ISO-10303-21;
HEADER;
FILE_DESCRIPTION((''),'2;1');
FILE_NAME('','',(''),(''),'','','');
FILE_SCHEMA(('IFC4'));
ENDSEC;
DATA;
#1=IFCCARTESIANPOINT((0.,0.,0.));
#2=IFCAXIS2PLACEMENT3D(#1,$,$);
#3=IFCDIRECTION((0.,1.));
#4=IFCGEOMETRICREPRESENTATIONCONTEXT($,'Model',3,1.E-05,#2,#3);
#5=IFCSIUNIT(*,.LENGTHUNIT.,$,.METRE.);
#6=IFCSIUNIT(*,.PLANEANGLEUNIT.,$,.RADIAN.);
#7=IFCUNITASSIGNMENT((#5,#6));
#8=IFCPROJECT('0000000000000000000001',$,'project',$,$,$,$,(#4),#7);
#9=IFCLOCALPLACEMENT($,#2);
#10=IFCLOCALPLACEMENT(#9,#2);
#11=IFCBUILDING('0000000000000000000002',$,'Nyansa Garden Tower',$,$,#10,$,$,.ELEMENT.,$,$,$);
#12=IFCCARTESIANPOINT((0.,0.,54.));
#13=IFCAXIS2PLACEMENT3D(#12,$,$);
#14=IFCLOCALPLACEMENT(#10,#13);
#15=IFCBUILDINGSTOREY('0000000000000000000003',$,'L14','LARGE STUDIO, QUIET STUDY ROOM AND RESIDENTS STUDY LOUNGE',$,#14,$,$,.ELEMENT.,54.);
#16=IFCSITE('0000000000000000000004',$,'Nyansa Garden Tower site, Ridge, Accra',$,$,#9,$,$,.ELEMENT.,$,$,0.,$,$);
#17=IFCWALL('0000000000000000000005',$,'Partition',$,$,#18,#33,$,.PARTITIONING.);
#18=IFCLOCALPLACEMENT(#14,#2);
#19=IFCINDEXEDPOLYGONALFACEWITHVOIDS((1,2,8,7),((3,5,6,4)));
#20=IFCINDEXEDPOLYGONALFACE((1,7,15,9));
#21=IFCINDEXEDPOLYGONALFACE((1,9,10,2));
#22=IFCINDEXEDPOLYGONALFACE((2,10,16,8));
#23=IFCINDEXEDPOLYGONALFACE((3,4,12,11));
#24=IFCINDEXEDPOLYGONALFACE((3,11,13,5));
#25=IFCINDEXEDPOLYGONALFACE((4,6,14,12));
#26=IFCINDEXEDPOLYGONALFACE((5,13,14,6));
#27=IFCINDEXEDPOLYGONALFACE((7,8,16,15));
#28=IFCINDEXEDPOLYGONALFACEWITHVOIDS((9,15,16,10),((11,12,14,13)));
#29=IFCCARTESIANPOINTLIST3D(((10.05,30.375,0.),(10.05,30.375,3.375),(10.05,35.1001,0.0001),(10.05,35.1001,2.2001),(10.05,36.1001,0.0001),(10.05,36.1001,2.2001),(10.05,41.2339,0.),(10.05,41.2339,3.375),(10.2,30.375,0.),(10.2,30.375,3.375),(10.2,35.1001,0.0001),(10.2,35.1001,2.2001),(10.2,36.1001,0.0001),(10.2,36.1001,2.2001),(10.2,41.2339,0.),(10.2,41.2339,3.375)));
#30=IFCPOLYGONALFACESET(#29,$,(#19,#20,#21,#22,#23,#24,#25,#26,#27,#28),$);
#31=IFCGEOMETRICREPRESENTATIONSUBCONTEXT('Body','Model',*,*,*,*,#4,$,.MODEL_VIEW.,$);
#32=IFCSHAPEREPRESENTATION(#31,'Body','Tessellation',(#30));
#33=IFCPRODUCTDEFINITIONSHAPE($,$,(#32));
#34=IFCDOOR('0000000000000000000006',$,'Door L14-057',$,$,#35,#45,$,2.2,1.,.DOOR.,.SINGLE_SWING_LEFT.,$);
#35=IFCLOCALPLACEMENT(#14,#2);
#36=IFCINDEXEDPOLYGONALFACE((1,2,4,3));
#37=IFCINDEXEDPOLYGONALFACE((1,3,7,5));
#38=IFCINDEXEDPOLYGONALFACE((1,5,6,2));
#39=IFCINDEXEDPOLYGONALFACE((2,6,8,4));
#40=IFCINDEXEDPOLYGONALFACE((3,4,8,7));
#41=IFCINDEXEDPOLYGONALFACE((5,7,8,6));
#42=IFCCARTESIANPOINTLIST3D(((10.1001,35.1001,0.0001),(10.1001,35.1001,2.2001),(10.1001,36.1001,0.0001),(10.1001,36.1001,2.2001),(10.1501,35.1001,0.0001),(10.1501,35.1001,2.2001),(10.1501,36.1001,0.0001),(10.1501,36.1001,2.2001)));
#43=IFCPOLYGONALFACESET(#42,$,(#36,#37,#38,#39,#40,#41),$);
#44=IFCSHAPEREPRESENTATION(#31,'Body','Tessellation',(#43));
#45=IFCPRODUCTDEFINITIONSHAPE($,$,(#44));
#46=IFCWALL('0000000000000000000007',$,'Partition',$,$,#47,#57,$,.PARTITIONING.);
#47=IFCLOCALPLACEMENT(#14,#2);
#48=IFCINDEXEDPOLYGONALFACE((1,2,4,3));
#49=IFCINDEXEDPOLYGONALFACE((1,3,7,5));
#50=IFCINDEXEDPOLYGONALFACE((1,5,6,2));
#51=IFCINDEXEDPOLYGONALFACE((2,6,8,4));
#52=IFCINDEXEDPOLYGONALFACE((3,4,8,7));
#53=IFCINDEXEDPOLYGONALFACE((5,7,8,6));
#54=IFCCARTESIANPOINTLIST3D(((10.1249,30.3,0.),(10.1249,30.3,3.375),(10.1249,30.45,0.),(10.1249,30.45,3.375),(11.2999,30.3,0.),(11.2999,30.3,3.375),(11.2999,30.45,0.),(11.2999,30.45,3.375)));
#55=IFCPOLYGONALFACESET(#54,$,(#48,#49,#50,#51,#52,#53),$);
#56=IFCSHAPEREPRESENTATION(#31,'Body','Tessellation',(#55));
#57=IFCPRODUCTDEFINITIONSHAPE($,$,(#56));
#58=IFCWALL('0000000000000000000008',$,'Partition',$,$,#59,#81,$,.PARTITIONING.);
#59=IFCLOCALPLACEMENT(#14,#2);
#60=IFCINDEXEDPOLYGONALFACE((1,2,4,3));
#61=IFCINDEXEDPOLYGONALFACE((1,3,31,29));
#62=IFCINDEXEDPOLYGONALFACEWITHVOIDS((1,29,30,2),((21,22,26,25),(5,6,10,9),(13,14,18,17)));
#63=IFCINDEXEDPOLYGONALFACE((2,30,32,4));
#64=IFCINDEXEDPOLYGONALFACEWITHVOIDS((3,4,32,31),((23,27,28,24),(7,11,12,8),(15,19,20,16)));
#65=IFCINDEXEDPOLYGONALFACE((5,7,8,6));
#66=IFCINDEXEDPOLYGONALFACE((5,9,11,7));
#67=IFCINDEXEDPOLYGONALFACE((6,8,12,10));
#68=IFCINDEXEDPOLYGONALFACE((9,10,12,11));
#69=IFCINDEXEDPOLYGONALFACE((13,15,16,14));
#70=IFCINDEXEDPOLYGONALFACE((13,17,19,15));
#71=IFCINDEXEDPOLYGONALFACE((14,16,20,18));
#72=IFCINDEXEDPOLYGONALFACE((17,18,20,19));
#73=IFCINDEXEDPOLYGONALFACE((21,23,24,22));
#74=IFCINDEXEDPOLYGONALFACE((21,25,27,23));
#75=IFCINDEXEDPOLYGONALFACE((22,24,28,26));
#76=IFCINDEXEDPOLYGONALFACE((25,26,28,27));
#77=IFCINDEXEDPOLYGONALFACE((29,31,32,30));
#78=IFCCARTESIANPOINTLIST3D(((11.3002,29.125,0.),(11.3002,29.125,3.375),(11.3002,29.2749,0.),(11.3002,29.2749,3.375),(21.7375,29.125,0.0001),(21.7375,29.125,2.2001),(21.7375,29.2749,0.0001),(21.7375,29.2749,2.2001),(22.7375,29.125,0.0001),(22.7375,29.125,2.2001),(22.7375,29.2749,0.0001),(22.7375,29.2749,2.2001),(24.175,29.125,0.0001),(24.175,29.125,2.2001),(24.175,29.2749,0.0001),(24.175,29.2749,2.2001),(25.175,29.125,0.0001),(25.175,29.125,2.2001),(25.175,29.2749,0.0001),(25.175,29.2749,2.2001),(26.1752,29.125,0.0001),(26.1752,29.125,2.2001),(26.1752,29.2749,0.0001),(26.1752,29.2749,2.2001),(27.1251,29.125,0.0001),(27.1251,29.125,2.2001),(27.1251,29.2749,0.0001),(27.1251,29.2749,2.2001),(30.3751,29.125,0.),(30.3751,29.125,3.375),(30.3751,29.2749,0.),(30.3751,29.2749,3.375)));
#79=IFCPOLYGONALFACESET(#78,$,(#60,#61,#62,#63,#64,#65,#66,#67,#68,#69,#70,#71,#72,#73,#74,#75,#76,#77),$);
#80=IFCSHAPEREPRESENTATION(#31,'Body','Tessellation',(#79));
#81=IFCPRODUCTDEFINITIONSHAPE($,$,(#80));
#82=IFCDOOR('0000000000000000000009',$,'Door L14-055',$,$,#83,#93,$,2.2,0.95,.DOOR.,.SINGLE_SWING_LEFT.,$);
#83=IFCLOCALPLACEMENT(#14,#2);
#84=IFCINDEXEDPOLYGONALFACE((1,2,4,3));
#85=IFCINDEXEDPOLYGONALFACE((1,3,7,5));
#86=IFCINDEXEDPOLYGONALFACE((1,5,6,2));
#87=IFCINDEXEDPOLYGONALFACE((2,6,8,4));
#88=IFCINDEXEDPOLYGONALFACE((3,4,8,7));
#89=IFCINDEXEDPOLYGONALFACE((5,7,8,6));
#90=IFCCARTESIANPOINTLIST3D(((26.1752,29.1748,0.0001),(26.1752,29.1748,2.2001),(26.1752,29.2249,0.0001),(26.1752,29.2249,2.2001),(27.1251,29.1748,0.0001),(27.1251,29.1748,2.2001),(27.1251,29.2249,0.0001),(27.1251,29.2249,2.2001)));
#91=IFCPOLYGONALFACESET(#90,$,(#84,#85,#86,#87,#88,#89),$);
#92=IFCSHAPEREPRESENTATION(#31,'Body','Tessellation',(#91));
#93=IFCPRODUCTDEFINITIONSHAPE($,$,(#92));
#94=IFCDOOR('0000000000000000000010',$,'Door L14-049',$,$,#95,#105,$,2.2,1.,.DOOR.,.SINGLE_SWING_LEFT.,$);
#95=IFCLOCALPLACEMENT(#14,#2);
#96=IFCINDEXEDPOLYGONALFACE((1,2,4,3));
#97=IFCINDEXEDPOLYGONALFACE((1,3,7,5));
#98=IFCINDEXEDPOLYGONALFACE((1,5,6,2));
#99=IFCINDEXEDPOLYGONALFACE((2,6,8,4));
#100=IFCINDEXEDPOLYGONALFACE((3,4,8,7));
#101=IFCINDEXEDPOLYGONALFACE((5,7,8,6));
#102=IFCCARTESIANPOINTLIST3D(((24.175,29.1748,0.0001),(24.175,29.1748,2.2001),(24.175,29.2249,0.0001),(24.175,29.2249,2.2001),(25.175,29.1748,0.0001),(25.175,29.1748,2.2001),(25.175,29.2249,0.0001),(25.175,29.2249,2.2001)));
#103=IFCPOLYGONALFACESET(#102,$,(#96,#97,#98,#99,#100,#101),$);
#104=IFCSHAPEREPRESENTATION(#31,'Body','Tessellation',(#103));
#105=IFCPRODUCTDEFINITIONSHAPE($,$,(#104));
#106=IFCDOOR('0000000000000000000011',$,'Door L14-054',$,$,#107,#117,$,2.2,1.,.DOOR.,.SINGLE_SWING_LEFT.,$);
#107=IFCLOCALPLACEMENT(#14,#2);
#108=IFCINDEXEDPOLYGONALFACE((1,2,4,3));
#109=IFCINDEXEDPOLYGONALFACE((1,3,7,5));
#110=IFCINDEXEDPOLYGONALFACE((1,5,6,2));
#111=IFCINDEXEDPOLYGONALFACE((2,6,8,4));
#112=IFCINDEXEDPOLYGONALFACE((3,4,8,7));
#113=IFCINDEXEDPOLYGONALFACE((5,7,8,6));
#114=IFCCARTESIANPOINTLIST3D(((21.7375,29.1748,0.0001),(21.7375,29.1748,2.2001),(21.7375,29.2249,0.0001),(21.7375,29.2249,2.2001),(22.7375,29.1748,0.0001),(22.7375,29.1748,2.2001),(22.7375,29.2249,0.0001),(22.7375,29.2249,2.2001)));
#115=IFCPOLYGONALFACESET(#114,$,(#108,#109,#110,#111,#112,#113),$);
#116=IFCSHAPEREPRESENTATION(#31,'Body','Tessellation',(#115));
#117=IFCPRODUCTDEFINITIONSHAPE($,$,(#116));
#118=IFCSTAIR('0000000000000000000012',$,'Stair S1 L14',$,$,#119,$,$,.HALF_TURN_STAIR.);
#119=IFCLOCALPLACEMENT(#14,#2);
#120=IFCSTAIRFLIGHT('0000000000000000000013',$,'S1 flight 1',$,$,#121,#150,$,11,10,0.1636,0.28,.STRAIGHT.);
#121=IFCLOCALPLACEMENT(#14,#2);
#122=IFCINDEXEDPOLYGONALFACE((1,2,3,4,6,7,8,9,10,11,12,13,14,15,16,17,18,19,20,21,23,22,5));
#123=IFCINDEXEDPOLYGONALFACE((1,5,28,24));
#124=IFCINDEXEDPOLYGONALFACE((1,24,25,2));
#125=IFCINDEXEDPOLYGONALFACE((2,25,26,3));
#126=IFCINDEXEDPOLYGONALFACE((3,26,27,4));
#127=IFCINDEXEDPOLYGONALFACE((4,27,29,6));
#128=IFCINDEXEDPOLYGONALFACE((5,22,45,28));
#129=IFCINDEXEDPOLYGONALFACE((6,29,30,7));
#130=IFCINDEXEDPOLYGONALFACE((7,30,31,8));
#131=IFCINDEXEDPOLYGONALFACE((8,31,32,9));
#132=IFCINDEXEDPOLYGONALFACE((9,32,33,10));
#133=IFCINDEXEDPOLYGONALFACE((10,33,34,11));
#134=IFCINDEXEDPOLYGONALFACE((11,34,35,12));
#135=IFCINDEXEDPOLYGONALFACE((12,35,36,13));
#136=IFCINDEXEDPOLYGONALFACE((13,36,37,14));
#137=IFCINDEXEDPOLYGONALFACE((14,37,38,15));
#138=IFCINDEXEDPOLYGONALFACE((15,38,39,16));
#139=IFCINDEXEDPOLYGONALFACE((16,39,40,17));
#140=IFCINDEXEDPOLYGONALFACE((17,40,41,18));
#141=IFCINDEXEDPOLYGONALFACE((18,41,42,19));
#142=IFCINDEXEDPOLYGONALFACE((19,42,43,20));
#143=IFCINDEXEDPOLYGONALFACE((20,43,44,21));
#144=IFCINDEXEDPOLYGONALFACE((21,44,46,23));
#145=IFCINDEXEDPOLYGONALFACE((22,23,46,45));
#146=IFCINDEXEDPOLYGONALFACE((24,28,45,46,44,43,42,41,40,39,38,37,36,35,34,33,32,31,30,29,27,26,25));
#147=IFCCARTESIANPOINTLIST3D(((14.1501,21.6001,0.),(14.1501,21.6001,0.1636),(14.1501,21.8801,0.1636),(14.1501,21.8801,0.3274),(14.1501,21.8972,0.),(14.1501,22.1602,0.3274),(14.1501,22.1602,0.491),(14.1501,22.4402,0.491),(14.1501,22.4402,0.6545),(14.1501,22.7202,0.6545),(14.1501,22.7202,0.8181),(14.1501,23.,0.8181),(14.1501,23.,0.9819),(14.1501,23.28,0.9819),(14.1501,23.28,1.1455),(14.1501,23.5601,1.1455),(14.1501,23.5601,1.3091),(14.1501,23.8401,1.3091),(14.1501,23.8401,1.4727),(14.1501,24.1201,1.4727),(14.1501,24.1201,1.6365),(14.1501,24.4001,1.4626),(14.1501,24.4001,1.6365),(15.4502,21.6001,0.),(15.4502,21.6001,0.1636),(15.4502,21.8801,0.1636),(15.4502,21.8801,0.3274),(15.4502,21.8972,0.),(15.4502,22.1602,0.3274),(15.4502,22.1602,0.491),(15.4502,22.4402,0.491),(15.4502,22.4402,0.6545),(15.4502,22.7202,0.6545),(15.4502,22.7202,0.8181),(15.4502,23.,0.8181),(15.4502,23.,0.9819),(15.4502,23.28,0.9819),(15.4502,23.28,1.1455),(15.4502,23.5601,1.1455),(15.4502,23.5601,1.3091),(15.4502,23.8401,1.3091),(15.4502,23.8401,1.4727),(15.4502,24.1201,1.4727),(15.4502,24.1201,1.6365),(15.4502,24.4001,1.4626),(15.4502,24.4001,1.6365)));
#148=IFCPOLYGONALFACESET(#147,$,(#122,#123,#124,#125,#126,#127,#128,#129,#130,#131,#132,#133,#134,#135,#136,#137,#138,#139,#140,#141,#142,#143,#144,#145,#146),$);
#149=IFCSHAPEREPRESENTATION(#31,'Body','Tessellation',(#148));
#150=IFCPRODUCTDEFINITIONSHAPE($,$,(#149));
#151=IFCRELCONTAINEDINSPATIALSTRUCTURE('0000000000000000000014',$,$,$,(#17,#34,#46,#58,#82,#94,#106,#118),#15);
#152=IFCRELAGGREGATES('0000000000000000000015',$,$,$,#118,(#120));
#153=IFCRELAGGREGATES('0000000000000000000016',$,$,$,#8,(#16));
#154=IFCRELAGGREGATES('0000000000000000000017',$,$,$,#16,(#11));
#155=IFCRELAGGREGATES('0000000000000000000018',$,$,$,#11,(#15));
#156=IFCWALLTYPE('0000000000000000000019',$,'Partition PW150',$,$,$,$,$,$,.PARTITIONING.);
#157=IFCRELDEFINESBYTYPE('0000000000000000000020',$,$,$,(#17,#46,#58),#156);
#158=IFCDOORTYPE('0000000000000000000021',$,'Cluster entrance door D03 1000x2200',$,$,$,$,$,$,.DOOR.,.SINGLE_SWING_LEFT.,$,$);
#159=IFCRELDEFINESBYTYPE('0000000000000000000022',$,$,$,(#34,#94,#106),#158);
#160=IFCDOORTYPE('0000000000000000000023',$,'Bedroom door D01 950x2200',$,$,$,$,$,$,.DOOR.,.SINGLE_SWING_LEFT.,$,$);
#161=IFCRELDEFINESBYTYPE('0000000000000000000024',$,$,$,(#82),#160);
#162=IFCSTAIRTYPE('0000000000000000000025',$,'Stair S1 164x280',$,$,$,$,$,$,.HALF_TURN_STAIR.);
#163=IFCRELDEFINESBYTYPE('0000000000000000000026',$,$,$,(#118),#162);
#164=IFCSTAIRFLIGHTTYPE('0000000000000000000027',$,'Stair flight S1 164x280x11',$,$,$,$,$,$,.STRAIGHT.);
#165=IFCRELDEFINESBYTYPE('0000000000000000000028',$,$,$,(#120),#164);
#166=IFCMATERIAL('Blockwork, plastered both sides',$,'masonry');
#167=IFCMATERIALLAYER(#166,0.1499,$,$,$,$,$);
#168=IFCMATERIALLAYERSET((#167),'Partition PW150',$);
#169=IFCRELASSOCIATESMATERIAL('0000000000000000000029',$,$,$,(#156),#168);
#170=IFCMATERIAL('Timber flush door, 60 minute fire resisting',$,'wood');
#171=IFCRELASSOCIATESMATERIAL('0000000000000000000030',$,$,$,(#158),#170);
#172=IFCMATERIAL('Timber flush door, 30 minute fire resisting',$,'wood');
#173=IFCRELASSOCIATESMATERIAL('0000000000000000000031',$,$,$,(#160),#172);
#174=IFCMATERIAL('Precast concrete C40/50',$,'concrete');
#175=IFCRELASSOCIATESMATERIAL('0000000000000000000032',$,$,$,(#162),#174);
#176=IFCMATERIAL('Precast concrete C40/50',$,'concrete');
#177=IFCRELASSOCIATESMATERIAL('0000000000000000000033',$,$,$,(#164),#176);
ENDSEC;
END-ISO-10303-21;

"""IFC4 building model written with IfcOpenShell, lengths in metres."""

from ifc_helpers import new_model, si_unit, direction, frame, frame_2d, origin, place, context, subcontext, project, spatial, polyline, rectangle, outline, extrude, material, layer, layer_set, type_object, element, fill, aggregate, save


model = new_model("IFC4")

# Units and contexts
model_context = context("Model", 3, precision=1e-05, world=origin(), true_north=direction((0.0, 1.0)))
body_context = subcontext(model_context, "Body", "Model", "MODEL_VIEW")
ifc_project = project(units=[si_unit("LENGTHUNIT", "METRE"), si_unit("PLANEANGLEUNIT", "RADIAN")], contexts=[model_context])

# Site, building, storey
site_placement = place(None, origin())
site = spatial("IfcSite", under=ifc_project, at=site_placement, Name="Nyansa Garden Tower site, Ridge, Accra", CompositionType="ELEMENT", RefElevation=0.0)
building_placement = place(site_placement, origin())
building = spatial("IfcBuilding", under=site, at=building_placement, Name="Nyansa Garden Tower", CompositionType="ELEMENT")
storey_placement = place(building_placement, frame((0.0, 0.0, 54.0)))
storey = spatial("IfcBuildingStorey", under=building, at=storey_placement, Name="L14", Description="LARGE STUDIO, QUIET STUDY ROOM AND RESIDENTS STUDY LOUNGE", CompositionType="ELEMENT", Elevation=54.0)

# Wall, opening, door
ifc_material_1 = material(Name="Blockwork, plastered both sides", Category="masonry")
ifc_layer_1 = layer(ifc_material_1, 0.1499)
ifc_layer_set_1 = layer_set([ifc_layer_1], Name="Partition PW150")
wall_type_1 = type_object("IfcWallType", Name="Partition PW150", PredefinedType="PARTITIONING", material=ifc_layer_set_1)
wall_1_placement = place(storey_placement, frame((10.125, 30.375, 0.0), z_axis=(0.0, 0.0, 1.0), x_axis=(0.0, 1.0, 0.0)))
wall_1 = element("IfcWall", 1, at=wall_1_placement, inside=storey, type_object=wall_type_1, Name="Partition", PredefinedType="PARTITIONING", context=body_context, shape_type="SweptSolid", body=[
    extrude(rectangle(XDim=10.8589, YDim=0.1499, at=frame_2d((5.4294, 0.0))), origin(), (0.0, 0.0, 1.0), 3.375),
])
opening_1_placement = place(wall_1_placement, frame((4.7251, 0.0, 0.0)))
opening_1 = element("IfcOpeningElement", 2, at=opening_1_placement, cuts=wall_1, PredefinedType="OPENING", context=body_context, shape_type="SweptSolid", body=[
    extrude(rectangle(XDim=1.0, YDim=2.2, at=frame_2d((0.5, 1.1001))), frame((0.0, 0.085, 0.0), z_axis=(0.0, -1.0, 0.0), x_axis=(1.0, 0.0, 0.0)), (0.0, 0.0, 1.0), 0.1699),
])
ifc_material_2 = material(Name="Timber flush door, 60 minute fire resisting", Category="wood")
door_type_1 = type_object("IfcDoorType", Name="Cluster entrance door D03 1000x2200", OperationType="SINGLE_SWING_LEFT", PredefinedType="DOOR", material=ifc_material_2)
door_1_placement = place(opening_1_placement, origin())
door_1 = element("IfcDoor", 3, at=door_1_placement, inside=storey, type_object=door_type_1, Name="Door L14-057", OperationType="SINGLE_SWING_LEFT", OverallHeight=2.2, OverallWidth=1.0, PredefinedType="DOOR", context=body_context, shape_type="SweptSolid", body=[
    extrude(rectangle(XDim=1.0, YDim=2.2, at=frame_2d((0.5, 1.1001))), frame((0.0, 0.0249, 0.0), z_axis=(0.0, -1.0, 0.0), x_axis=(1.0, 0.0, 0.0)), (0.0, 0.0, 1.0), 0.05),
])
fill(opening_1, door_1)

# Wall
wall_2_placement = place(storey_placement, frame((10.125, 30.375, 0.0), z_axis=(0.0, 0.0, 1.0), x_axis=(1.0, 0.0, 0.0)))
element("IfcWall", 4, at=wall_2_placement, inside=storey, type_object=wall_type_1, Name="Partition", PredefinedType="PARTITIONING", context=body_context, shape_type="SweptSolid", body=[
    extrude(rectangle(XDim=1.175, YDim=0.1499, at=frame_2d((0.5874, 0.0))), origin(), (0.0, 0.0, 1.0), 3.375),
])

# Wall, openings, doors
wall_3_placement = place(storey_placement, frame((11.3, 29.2, 0.0), z_axis=(0.0, 0.0, 1.0), x_axis=(1.0, 0.0, 0.0)))
wall_3 = element("IfcWall", 5, at=wall_3_placement, inside=storey, type_object=wall_type_1, Name="Partition", PredefinedType="PARTITIONING", context=body_context, shape_type="SweptSolid", body=[
    extrude(rectangle(XDim=19.075, YDim=0.1499, at=frame_2d((9.5376, 0.0))), origin(), (0.0, 0.0, 1.0), 3.375),
])
opening_2_placement = place(wall_3_placement, frame((12.875, 0.0, 0.0)))
opening_2 = element("IfcOpeningElement", 6, at=opening_2_placement, cuts=wall_3, PredefinedType="OPENING", context=body_context, shape_type="SweptSolid", body=[
    extrude(rectangle(XDim=1.0, YDim=2.2, at=frame_2d((0.5, 1.1001))), frame((0.0, 0.085, 0.0), z_axis=(0.0, -1.0, 0.0), x_axis=(1.0, 0.0, 0.0)), (0.0, 0.0, 1.0), 0.1699),
])
opening_3_placement = place(wall_3_placement, frame((10.4375, 0.0, 0.0)))
opening_3 = element("IfcOpeningElement", 7, at=opening_3_placement, cuts=wall_3, PredefinedType="OPENING", context=body_context, shape_type="SweptSolid", body=[
    extrude(rectangle(XDim=1.0, YDim=2.2, at=frame_2d((0.5, 1.1001))), frame((0.0, 0.085, 0.0), z_axis=(0.0, -1.0, 0.0), x_axis=(1.0, 0.0, 0.0)), (0.0, 0.0, 1.0), 0.1699),
])
opening_4_placement = place(wall_3_placement, frame((14.875, 0.0, 0.0)))
opening_4 = element("IfcOpeningElement", 8, at=opening_4_placement, cuts=wall_3, PredefinedType="OPENING", context=body_context, shape_type="SweptSolid", body=[
    extrude(rectangle(XDim=0.95, YDim=2.2, at=frame_2d((0.4751, 1.1001))), frame((0.0, 0.085, 0.0), z_axis=(0.0, -1.0, 0.0), x_axis=(1.0, 0.0, 0.0)), (0.0, 0.0, 1.0), 0.1699),
])
ifc_material_3 = material(Name="Timber flush door, 30 minute fire resisting", Category="wood")
door_type_2 = type_object("IfcDoorType", Name="Bedroom door D01 950x2200", OperationType="SINGLE_SWING_LEFT", PredefinedType="DOOR", material=ifc_material_3)
door_2_placement = place(opening_4_placement, origin())
door_2 = element("IfcDoor", 9, at=door_2_placement, inside=storey, type_object=door_type_2, Name="Door L14-055", OperationType="SINGLE_SWING_LEFT", OverallHeight=2.2, OverallWidth=0.95, PredefinedType="DOOR", context=body_context, shape_type="SweptSolid", body=[
    extrude(rectangle(XDim=0.95, YDim=2.2, at=frame_2d((0.4751, 1.1001))), frame((0.0, 0.0249, 0.0), z_axis=(0.0, -1.0, 0.0), x_axis=(1.0, 0.0, 0.0)), (0.0, 0.0, 1.0), 0.05),
])
fill(opening_4, door_2)
door_3_placement = place(opening_2_placement, origin())
door_3 = element("IfcDoor", 10, at=door_3_placement, inside=storey, type_object=door_type_1, Name="Door L14-049", OperationType="SINGLE_SWING_LEFT", OverallHeight=2.2, OverallWidth=1.0, PredefinedType="DOOR", context=body_context, shape_type="SweptSolid", body=[
    extrude(rectangle(XDim=1.0, YDim=2.2, at=frame_2d((0.5, 1.1001))), frame((0.0, 0.0249, 0.0), z_axis=(0.0, -1.0, 0.0), x_axis=(1.0, 0.0, 0.0)), (0.0, 0.0, 1.0), 0.05),
])
fill(opening_2, door_3)
door_4_placement = place(opening_3_placement, origin())
door_4 = element("IfcDoor", 11, at=door_4_placement, inside=storey, type_object=door_type_1, Name="Door L14-054", OperationType="SINGLE_SWING_LEFT", OverallHeight=2.2, OverallWidth=1.0, PredefinedType="DOOR", context=body_context, shape_type="SweptSolid", body=[
    extrude(rectangle(XDim=1.0, YDim=2.2, at=frame_2d((0.5, 1.1001))), frame((0.0, 0.0249, 0.0), z_axis=(0.0, -1.0, 0.0), x_axis=(1.0, 0.0, 0.0)), (0.0, 0.0, 1.0), 0.05),
])
fill(opening_3, door_4)

# Stair, stair flight
ifc_material_4 = material(Name="Precast concrete C40/50", Category="concrete")
stair_type = type_object("IfcStairType", Name="Stair S1 164x280", PredefinedType="HALF_TURN_STAIR", material=ifc_material_4)
stair_placement = place(storey_placement, origin())
stair = element("IfcStair", 12, at=stair_placement, inside=storey, type_object=stair_type, Name="Stair S1 L14", PredefinedType="HALF_TURN_STAIR")
ifc_material_5 = material(Name="Precast concrete C40/50", Category="concrete")
stair_flight_type = type_object("IfcStairFlightType", Name="Stair flight S1 164x280x11", PredefinedType="STRAIGHT", material=ifc_material_5)
stair_flight_1_placement = place(storey_placement, frame((14.8, 21.6001, 0.0), z_axis=(0.0, 0.0, 1.0), x_axis=(0.0, 1.0, 0.0)))
stair_flight_1 = element("IfcStairFlight", 13, at=stair_flight_1_placement, type_object=stair_flight_type, Name="S1 flight 1", NumberOfRisers=11, NumberOfTreads=10, PredefinedType="STRAIGHT", RiserHeight=0.1636, TreadLength=0.28, context=body_context, shape_type="SweptSolid", body=[
    extrude(outline(polyline([(0.0, 0.0), (0.0, 0.1636), (0.28, 0.1636), (0.28, 0.3274), (0.5601, 0.3274), (0.5601, 0.491), (0.8401, 0.491), (0.8401, 0.6545), (1.1201, 0.6545), (1.1201, 0.8181), (1.3999, 0.8181), (1.3999, 0.9819), (1.6799, 0.9819), (1.6799, 1.1455), (1.96, 1.1455), (1.96, 1.3091), (2.24, 1.3091), (2.24, 1.4727), (2.52, 1.4727), (2.52, 1.6365), (2.8, 1.6365), (2.8, 1.8), (2.8, 1.4626), (0.2971, 0.0), (0.0, 0.0)])), frame((0.0, 0.6499, 0.0), z_axis=(0.0, -1.0, 0.0), x_axis=(1.0, 0.0, 0.0)), (0.0, 0.0, 1.0), 1.3),
])
aggregate(stair, [stair_flight_1])

save(model, "model.ifc")
